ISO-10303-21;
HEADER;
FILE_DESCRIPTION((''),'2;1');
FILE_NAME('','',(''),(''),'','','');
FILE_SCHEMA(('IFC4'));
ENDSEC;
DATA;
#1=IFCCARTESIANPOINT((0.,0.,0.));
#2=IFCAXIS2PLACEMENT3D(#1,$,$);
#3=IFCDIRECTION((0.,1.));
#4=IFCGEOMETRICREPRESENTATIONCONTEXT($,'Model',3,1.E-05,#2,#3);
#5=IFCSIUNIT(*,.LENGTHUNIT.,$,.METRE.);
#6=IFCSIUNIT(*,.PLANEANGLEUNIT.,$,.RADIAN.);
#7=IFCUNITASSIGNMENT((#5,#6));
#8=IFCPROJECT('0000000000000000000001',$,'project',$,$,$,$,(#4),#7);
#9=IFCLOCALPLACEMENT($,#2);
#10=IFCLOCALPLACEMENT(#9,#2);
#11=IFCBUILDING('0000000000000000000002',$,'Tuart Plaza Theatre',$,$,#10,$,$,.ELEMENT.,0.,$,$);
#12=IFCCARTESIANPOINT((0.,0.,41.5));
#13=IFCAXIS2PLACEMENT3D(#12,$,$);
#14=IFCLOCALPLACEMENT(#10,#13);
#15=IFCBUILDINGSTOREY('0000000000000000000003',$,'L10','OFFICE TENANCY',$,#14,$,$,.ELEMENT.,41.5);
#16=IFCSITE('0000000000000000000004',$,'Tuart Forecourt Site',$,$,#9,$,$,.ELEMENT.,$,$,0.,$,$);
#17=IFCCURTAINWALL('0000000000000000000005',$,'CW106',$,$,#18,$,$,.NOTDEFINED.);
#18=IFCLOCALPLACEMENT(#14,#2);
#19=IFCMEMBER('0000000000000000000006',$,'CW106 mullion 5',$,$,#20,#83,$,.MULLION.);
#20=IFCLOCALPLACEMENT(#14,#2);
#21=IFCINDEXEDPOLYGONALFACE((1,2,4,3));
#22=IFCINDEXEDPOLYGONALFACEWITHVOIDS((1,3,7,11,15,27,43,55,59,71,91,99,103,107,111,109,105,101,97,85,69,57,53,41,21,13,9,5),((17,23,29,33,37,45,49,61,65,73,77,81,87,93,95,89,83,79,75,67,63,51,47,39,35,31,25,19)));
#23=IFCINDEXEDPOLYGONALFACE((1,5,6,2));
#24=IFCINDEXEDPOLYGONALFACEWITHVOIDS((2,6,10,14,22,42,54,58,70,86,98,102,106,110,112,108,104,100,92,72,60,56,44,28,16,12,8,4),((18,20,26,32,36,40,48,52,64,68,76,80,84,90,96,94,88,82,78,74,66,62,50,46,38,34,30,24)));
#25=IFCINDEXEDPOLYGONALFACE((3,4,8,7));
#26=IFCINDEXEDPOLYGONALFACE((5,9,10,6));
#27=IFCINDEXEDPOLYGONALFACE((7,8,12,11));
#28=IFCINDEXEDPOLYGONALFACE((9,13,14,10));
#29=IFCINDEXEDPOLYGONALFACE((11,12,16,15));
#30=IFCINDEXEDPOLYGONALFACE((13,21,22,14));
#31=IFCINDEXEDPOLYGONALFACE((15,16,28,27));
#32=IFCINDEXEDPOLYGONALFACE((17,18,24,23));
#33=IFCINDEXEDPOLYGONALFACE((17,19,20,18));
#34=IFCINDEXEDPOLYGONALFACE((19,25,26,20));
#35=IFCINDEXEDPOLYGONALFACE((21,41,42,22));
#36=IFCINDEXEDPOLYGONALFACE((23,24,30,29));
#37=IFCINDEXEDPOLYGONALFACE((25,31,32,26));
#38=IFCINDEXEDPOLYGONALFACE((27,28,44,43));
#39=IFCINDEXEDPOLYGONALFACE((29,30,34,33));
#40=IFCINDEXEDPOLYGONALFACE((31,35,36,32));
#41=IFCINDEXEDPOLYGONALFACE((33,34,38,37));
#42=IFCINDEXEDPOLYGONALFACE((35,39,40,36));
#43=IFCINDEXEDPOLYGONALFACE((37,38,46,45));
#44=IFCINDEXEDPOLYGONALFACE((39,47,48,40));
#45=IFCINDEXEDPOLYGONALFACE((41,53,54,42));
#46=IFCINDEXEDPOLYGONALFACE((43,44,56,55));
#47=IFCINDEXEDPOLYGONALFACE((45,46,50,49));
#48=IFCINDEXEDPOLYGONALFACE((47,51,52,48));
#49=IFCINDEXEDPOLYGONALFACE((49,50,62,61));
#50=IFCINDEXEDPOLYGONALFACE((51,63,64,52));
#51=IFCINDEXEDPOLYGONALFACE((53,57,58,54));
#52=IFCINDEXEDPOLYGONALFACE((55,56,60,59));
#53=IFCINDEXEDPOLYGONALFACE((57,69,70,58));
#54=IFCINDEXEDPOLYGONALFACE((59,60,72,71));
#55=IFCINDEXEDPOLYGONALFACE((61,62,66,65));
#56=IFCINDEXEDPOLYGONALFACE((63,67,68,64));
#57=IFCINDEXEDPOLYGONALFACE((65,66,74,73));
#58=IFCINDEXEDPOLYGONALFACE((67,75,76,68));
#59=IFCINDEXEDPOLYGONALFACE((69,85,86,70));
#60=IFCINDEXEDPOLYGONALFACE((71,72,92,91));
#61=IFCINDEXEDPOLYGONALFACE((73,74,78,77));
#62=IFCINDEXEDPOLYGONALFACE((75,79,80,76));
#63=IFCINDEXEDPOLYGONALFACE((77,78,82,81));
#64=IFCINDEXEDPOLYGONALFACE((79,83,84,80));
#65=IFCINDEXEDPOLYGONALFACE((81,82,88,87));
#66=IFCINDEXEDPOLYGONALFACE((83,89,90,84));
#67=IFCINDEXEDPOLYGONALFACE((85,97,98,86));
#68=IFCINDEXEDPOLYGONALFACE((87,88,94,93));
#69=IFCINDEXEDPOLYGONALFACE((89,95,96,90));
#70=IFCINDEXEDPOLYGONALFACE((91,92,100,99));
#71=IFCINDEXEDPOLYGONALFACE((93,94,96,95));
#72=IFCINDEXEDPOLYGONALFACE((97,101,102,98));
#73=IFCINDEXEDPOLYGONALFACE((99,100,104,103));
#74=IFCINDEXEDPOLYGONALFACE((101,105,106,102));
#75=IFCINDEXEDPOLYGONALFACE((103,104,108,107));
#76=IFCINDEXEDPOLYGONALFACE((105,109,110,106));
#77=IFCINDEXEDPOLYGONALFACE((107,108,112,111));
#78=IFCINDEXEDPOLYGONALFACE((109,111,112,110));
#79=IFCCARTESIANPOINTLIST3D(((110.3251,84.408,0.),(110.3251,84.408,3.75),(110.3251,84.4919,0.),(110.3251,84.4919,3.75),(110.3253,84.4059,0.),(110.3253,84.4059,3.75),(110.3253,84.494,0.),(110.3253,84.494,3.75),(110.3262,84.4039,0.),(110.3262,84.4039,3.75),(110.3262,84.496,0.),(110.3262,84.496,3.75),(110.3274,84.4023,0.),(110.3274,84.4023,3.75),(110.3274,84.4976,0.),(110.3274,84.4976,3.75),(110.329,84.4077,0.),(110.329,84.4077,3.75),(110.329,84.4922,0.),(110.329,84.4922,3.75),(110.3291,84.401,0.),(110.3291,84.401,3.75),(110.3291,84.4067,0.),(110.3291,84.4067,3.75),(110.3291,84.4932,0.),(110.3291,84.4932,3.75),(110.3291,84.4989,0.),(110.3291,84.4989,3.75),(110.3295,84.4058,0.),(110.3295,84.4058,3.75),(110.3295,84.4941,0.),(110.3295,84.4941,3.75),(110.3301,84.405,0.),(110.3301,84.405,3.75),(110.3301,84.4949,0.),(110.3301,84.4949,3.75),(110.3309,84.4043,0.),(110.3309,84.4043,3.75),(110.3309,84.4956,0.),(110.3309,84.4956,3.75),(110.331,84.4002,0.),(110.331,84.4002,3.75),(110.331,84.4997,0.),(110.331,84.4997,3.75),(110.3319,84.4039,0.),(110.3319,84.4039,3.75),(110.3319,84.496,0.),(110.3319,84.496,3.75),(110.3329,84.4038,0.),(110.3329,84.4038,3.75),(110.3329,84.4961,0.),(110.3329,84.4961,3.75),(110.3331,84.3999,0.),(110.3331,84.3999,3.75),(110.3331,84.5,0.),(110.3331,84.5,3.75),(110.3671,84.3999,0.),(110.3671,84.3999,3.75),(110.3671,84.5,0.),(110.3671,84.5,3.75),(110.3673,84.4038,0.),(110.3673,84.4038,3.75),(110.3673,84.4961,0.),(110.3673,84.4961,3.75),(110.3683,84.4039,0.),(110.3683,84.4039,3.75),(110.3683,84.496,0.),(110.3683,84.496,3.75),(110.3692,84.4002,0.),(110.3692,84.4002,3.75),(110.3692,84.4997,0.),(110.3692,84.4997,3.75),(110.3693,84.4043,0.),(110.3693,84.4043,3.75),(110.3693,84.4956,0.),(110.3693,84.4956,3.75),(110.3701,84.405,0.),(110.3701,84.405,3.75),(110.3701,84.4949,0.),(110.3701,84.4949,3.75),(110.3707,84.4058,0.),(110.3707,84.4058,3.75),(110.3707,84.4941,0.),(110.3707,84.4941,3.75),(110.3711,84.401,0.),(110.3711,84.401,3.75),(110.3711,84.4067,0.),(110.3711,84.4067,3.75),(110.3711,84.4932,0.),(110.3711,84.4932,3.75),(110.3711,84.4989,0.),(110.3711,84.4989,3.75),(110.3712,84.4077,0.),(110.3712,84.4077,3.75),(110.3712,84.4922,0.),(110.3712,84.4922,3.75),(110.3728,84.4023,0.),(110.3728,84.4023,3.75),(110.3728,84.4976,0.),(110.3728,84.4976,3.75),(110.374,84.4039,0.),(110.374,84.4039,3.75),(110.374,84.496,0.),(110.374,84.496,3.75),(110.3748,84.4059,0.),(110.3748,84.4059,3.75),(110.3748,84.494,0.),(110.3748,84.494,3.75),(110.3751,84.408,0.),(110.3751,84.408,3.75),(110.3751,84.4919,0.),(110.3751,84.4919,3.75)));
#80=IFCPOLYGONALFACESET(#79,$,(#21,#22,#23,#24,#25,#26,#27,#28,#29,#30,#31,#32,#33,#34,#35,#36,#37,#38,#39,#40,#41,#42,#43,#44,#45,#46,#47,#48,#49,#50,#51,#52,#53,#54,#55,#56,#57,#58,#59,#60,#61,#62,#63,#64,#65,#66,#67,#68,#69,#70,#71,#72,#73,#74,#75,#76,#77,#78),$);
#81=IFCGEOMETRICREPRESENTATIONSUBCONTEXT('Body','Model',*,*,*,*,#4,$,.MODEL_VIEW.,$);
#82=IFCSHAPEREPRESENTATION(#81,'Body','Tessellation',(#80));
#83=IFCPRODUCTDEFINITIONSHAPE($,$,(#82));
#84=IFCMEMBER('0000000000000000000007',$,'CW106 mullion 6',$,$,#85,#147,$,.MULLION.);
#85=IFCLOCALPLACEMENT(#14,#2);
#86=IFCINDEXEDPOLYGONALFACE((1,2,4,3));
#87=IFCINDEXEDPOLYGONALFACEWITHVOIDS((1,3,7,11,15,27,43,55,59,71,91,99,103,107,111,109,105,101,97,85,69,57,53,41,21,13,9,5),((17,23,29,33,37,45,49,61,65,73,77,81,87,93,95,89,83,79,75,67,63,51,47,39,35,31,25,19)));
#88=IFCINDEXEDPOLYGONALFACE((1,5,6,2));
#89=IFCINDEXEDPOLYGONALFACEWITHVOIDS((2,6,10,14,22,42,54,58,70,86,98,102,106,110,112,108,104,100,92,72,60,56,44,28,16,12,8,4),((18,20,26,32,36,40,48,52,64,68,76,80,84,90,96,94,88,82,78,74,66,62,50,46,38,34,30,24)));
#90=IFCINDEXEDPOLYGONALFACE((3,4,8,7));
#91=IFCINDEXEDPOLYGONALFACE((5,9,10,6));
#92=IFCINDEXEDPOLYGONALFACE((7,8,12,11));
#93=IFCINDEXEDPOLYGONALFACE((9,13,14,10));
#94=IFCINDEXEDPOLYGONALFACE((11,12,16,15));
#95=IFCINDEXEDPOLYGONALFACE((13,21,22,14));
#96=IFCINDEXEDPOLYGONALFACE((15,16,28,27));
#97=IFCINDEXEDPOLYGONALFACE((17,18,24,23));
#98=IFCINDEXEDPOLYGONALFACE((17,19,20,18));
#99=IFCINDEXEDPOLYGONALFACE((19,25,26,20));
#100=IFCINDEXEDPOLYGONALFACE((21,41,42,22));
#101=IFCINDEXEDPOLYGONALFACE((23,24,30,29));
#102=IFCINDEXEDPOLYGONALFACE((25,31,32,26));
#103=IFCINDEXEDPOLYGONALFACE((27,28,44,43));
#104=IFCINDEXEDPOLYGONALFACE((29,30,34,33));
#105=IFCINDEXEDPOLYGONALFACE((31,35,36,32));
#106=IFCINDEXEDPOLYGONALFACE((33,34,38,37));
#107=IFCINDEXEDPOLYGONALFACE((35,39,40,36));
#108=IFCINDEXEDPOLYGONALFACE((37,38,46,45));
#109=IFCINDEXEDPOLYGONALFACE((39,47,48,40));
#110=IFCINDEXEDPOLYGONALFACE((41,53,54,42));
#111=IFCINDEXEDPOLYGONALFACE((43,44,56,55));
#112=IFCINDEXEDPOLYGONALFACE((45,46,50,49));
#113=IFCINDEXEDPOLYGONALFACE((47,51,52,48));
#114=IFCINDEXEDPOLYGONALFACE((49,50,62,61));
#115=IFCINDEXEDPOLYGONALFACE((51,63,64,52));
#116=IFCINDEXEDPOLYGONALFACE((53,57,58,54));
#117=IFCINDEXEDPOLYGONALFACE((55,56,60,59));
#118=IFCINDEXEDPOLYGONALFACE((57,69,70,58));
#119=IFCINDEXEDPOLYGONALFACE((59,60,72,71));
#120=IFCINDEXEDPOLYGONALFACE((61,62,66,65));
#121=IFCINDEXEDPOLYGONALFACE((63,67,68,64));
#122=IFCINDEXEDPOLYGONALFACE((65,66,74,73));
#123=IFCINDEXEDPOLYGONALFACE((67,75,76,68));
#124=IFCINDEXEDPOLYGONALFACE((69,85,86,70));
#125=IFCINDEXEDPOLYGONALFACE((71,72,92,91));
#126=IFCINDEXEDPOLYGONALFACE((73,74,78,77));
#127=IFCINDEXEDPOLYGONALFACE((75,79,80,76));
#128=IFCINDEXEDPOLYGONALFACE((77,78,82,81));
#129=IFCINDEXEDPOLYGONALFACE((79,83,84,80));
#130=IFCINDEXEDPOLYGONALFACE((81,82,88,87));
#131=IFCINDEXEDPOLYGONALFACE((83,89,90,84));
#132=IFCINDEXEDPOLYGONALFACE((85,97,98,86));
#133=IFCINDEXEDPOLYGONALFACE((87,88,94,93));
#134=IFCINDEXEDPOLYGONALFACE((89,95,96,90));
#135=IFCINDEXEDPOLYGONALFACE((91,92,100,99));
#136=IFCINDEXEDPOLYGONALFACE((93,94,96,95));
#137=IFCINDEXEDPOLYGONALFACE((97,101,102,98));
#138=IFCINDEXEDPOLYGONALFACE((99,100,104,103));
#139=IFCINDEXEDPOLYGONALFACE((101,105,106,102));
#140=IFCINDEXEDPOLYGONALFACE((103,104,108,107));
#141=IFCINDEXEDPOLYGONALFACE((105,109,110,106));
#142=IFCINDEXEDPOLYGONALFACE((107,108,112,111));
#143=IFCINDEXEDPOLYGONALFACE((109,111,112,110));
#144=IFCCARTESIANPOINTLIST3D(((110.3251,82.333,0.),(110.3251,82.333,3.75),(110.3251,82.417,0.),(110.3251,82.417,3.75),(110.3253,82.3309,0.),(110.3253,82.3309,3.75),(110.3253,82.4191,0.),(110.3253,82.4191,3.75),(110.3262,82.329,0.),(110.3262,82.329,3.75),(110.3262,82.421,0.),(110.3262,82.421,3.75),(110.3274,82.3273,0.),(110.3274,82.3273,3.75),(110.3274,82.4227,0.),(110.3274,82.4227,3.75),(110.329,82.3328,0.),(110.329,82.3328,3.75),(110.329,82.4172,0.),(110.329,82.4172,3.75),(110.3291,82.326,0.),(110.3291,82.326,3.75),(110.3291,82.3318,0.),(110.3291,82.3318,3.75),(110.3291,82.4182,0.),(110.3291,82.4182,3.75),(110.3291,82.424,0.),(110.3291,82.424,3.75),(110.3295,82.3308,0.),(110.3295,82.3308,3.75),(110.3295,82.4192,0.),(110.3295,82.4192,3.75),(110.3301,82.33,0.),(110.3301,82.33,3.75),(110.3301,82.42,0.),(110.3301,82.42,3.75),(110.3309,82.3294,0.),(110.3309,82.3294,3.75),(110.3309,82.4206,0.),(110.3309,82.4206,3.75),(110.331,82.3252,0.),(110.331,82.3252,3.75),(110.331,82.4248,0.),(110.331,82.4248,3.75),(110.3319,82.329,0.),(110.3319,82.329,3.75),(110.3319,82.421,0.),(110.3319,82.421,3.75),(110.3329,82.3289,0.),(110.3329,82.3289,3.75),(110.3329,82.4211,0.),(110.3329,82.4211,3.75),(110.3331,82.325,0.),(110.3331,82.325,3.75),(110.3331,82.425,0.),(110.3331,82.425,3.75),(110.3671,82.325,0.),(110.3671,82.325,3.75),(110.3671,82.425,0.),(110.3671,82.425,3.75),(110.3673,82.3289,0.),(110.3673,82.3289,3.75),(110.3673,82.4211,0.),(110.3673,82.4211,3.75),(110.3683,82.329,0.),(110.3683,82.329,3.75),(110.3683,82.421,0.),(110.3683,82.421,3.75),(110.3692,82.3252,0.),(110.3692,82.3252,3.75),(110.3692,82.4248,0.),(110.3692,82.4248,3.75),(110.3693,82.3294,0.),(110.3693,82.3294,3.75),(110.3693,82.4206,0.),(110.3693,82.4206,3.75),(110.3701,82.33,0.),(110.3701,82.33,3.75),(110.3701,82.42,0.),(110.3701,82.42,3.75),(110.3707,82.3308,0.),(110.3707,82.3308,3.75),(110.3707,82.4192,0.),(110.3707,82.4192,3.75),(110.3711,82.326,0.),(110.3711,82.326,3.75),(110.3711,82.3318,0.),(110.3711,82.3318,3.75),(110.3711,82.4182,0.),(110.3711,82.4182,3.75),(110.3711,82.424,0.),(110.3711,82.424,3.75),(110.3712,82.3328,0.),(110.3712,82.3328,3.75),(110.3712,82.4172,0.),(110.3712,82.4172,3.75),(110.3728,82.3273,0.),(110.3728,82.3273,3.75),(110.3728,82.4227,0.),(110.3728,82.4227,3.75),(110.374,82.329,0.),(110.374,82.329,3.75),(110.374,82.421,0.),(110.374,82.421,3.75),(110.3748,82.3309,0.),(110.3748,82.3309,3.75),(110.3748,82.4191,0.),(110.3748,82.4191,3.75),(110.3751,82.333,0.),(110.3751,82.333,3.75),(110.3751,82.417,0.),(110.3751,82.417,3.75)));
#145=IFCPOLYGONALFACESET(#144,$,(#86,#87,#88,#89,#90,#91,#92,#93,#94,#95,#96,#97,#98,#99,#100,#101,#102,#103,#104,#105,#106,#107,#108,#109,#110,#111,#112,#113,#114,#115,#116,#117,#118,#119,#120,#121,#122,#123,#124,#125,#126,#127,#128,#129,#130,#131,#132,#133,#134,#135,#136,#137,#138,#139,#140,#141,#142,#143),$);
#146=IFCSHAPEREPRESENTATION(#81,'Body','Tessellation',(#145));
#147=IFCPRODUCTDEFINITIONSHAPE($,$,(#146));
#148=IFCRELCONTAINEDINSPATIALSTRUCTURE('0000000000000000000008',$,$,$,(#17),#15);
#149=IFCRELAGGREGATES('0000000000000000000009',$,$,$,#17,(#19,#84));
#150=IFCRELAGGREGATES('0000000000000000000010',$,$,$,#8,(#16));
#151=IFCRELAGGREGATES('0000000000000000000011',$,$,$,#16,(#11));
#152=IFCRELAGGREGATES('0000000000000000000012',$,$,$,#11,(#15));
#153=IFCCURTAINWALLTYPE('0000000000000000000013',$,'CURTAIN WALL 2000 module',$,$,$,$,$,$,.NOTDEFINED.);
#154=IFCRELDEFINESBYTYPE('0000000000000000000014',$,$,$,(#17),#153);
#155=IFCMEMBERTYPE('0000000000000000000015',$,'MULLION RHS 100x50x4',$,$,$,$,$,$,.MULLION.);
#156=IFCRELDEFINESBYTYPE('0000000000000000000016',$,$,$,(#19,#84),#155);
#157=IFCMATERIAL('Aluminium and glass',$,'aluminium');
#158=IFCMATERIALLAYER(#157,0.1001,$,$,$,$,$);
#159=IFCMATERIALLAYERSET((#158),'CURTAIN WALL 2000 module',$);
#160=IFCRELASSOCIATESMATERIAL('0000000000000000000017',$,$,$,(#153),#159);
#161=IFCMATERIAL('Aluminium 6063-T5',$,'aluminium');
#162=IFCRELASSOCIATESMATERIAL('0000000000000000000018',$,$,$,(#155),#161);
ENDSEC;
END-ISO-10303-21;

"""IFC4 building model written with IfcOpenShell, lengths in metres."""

from ifc_helpers import new_model, si_unit, direction, frame, origin, origin_2d, place, context, subcontext, project, spatial, hollow_rectangle, extrude, material, layer, layer_set, material_profile, profile_set, type_object, element, aggregate, save


model = new_model("IFC4")

# Units and contexts
model_context = context("Model", 3, precision=1e-05, world=origin(), true_north=direction((0.0, 1.0)))
body_context = subcontext(model_context, "Body", "Model", "MODEL_VIEW")
ifc_project = project(units=[si_unit("LENGTHUNIT", "METRE"), si_unit("PLANEANGLEUNIT", "RADIAN")], contexts=[model_context])

# Site, building, storey
site_placement = place(None, origin())
site = spatial("IfcSite", under=ifc_project, at=site_placement, Name="Tuart Forecourt Site", CompositionType="ELEMENT", RefElevation=0.0)
building_placement = place(site_placement, origin())
building = spatial("IfcBuilding", under=site, at=building_placement, Name="Tuart Plaza Theatre", CompositionType="ELEMENT", ElevationOfRefHeight=0.0)
storey_placement = place(building_placement, frame((0.0, 0.0, 41.5)))
storey = spatial("IfcBuildingStorey", under=building, at=storey_placement, Name="L10", Description="OFFICE TENANCY", CompositionType="ELEMENT", Elevation=41.5)

# Curtain wall, members
ifc_material_1 = material(Name="Aluminium and glass", Category="aluminium")
ifc_layer_1 = layer(ifc_material_1, 0.1001)
ifc_layer_set_1 = layer_set([ifc_layer_1], Name="CURTAIN WALL 2000 module")
curtain_wall_type = type_object("IfcCurtainWallType", Name="CURTAIN WALL 2000 module", PredefinedType="NOTDEFINED", material=ifc_layer_set_1)
curtain_wall_placement = place(storey_placement, origin())
curtain_wall = element("IfcCurtainWall", 1, at=curtain_wall_placement, inside=storey, type_object=curtain_wall_type, Name="CW106", PredefinedType="NOTDEFINED")
ifc_material_2 = material(Name="Aluminium 6063-T5", Category="aluminium")
ifc_material_profile_1 = material_profile(ifc_material_2, hollow_rectangle(XDim=0.05, YDim=0.1001, WallThickness=0.0039, InnerFilletRadius=0.0039, OuterFilletRadius=0.0081, at=origin_2d()), Name="RHS 100x50x4")
ifc_profile_set_1 = profile_set([ifc_material_profile_1], Name="Aluminium 6063-T5")
member_type_1 = type_object("IfcMemberType", Name="MULLION RHS 100x50x4", PredefinedType="MULLION", material=ifc_profile_set_1)
member_1_placement = place(storey_placement, frame((110.3501, 84.45, 0.0), z_axis=(0.0, 0.0, 1.0), x_axis=(1.0, 0.0, 0.0)))
member_1 = element("IfcMember", 2, at=member_1_placement, type_object=member_type_1, Name="CW106 mullion 5", PredefinedType="MULLION", context=body_context, shape_type="SweptSolid", body=[
    extrude(hollow_rectangle(XDim=0.05, YDim=0.1001, WallThickness=0.0039, InnerFilletRadius=0.0039, OuterFilletRadius=0.0081, at=origin_2d()), origin(), (0.0, 0.0, 1.0), 3.75),
])
member_2_placement = place(storey_placement, frame((110.3501, 82.375, 0.0), z_axis=(0.0, 0.0, 1.0), x_axis=(1.0, 0.0, 0.0)))
member_2 = element("IfcMember", 3, at=member_2_placement, type_object=member_type_1, Name="CW106 mullion 6", PredefinedType="MULLION", context=body_context, shape_type="SweptSolid", body=[
    extrude(hollow_rectangle(XDim=0.05, YDim=0.1001, WallThickness=0.0039, InnerFilletRadius=0.0039, OuterFilletRadius=0.0081, at=origin_2d()), origin(), (0.0, 0.0, 1.0), 3.75),
])
aggregate(curtain_wall, [member_1, member_2])

save(model, "model.ifc")
